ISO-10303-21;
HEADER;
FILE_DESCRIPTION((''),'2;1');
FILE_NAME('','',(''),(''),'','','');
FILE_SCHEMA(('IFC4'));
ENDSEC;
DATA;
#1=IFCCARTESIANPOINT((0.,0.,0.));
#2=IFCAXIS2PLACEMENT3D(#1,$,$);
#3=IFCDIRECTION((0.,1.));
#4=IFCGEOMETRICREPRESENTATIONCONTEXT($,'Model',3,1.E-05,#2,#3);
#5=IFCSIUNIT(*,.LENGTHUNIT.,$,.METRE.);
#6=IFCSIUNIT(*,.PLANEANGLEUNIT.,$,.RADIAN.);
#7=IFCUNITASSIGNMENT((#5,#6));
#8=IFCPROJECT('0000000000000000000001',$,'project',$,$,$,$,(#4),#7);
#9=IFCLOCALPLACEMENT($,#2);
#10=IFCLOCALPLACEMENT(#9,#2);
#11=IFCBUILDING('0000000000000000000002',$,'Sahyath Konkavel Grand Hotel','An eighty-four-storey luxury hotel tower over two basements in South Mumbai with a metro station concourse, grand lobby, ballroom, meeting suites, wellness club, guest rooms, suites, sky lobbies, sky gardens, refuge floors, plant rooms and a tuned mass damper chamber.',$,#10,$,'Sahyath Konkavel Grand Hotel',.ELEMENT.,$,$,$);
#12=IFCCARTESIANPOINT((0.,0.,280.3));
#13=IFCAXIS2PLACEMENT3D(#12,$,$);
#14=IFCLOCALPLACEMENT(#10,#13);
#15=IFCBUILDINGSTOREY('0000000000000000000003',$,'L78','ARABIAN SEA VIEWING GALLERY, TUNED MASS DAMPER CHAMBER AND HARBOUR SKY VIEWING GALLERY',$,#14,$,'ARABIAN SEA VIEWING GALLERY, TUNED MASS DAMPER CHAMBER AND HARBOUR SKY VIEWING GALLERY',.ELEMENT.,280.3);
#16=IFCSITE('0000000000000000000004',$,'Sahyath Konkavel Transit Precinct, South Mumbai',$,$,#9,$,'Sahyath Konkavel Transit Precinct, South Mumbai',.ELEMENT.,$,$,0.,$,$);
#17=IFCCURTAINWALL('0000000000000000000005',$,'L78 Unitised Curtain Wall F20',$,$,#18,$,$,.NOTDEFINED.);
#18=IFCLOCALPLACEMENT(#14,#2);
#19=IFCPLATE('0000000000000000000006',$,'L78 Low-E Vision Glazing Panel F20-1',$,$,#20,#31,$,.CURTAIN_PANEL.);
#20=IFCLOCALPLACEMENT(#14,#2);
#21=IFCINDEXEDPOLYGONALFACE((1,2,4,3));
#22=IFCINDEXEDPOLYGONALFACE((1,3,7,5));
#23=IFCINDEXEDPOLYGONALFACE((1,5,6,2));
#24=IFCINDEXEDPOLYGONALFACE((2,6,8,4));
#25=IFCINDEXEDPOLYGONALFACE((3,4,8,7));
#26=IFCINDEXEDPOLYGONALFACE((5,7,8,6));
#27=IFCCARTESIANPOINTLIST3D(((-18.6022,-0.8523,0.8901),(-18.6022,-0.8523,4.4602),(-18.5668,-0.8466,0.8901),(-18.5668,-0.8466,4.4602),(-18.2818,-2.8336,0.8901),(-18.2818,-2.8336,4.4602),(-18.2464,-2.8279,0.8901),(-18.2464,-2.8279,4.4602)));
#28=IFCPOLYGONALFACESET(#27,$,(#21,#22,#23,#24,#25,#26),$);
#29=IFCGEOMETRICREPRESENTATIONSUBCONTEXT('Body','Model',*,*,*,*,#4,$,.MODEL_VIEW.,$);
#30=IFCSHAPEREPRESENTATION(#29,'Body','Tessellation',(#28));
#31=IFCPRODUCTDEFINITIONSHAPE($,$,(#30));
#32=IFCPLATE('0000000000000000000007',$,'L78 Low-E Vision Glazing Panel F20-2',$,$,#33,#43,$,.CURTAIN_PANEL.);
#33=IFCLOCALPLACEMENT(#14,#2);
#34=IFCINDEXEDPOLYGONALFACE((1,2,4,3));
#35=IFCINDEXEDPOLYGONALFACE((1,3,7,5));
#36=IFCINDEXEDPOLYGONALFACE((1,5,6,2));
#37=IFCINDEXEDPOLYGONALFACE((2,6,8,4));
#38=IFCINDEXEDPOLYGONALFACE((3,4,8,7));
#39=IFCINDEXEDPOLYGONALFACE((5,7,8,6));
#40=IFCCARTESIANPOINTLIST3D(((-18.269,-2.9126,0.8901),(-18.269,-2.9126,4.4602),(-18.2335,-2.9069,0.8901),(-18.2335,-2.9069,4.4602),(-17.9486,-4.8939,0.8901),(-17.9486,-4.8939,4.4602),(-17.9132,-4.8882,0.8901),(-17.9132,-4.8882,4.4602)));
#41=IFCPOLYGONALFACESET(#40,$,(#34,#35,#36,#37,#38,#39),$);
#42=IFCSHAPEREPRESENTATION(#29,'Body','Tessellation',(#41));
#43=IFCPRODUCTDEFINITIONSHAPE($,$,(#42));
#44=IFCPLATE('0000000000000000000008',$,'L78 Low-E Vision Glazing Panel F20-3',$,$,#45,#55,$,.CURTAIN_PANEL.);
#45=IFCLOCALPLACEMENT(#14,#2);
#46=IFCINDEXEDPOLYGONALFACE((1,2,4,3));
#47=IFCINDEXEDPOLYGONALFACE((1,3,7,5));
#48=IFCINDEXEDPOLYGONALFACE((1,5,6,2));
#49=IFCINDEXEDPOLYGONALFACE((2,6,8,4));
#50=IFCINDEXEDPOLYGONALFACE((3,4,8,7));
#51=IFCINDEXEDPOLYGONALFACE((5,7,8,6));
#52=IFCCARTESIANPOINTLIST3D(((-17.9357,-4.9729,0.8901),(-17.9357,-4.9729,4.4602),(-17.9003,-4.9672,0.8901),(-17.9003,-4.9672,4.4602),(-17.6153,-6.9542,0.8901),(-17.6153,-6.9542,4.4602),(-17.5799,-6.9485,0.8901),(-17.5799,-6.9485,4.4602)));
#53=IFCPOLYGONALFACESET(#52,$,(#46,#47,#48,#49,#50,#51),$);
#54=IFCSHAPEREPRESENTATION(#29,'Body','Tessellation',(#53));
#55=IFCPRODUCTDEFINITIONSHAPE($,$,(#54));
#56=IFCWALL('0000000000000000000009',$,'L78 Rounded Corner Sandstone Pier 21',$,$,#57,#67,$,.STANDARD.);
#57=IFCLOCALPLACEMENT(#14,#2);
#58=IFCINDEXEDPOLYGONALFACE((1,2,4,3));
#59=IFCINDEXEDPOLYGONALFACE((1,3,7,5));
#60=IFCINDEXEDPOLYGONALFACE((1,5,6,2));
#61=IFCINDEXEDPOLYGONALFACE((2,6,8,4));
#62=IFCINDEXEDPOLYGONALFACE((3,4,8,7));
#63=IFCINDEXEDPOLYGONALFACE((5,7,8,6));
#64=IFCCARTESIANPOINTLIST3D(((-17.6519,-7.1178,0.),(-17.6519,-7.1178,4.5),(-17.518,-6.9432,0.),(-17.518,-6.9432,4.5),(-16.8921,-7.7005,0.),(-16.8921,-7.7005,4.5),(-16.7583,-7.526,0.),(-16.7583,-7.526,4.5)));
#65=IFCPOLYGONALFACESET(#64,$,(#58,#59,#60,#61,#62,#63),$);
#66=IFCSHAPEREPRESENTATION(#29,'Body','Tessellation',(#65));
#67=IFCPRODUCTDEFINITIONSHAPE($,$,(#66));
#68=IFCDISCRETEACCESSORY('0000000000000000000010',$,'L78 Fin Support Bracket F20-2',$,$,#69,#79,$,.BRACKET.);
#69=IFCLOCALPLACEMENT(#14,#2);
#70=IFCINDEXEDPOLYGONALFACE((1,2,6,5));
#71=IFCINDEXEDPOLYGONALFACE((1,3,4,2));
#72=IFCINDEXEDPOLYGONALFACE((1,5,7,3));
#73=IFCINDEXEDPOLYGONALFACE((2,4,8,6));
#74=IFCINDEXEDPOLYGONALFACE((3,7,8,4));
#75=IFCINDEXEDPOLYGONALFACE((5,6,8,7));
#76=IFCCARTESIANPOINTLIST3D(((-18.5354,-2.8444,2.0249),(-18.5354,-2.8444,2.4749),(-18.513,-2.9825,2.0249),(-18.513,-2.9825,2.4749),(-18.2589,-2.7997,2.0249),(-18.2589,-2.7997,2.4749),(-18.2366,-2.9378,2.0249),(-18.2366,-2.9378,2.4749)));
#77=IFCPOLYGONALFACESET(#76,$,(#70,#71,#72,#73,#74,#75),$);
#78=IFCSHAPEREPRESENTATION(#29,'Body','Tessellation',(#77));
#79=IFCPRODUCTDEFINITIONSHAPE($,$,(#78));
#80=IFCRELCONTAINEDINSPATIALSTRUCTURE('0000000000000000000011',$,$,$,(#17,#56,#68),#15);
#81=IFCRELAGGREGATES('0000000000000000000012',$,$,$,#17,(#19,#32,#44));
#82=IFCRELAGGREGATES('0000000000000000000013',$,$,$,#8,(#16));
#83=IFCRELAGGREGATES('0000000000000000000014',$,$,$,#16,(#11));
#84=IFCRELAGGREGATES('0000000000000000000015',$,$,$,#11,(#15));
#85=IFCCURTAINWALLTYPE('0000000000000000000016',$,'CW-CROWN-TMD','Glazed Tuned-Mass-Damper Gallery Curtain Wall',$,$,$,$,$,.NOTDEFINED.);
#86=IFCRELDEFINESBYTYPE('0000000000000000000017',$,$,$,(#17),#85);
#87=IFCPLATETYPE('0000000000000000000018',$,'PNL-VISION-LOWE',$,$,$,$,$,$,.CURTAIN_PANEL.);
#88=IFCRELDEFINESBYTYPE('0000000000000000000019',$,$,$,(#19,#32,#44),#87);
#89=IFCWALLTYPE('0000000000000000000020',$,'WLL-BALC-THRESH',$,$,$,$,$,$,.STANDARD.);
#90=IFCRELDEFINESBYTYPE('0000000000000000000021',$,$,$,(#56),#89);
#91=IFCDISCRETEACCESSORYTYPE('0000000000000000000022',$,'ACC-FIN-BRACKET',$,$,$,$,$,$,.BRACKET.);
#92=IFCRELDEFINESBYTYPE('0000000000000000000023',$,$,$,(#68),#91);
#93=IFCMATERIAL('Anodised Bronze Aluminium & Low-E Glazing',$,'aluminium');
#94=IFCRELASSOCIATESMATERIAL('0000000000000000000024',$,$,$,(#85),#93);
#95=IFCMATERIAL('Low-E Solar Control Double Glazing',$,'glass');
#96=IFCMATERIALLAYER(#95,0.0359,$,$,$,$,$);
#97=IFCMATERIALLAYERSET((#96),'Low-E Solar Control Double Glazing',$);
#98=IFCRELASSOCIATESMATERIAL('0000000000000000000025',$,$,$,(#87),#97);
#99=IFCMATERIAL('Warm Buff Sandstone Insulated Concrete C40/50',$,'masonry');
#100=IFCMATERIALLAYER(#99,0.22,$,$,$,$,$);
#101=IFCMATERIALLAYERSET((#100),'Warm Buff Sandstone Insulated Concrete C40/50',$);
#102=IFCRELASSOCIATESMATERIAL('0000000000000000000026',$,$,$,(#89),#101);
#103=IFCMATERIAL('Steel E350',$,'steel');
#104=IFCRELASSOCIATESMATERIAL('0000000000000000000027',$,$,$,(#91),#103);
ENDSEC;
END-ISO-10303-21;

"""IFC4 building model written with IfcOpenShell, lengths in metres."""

from ifc_helpers import new_model, si_unit, direction, frame, frame_2d, origin, origin_2d, place, context, subcontext, project, spatial, rectangle, extrude, source, transform, mapped, material, layer, layer_set, type_object, element, aggregate, save


model = new_model("IFC4")

# Units and contexts
model_context = context("Model", 3, precision=1e-05, world=origin(), true_north=direction((0.0, 1.0)))
body_context = subcontext(model_context, "Body", "Model", "MODEL_VIEW")
ifc_project = project(units=[si_unit("LENGTHUNIT", "METRE"), si_unit("PLANEANGLEUNIT", "RADIAN")], contexts=[model_context])

# Site, building, storey
site_placement = place(None, origin())
site = spatial("IfcSite", under=ifc_project, at=site_placement, Name="Sahyath Konkavel Transit Precinct, South Mumbai", LongName="Sahyath Konkavel Transit Precinct, South Mumbai", CompositionType="ELEMENT", RefElevation=0.0)
building_placement = place(site_placement, origin())
building = spatial("IfcBuilding", under=site, at=building_placement, Name="Sahyath Konkavel Grand Hotel", Description="An eighty-four-storey luxury hotel tower over two basements in South Mumbai with a metro station concourse, grand lobby, ballroom, meeting suites, wellness club, guest rooms, suites, sky lobbies, sky gardens, refuge floors, plant rooms and a tuned mass damper chamber.", LongName="Sahyath Konkavel Grand Hotel", CompositionType="ELEMENT")
storey_placement = place(building_placement, frame((0.0, 0.0, 280.3)))
storey = spatial("IfcBuildingStorey", under=building, at=storey_placement, Name="L78", Description="ARABIAN SEA VIEWING GALLERY, TUNED MASS DAMPER CHAMBER AND HARBOUR SKY VIEWING GALLERY", LongName="ARABIAN SEA VIEWING GALLERY, TUNED MASS DAMPER CHAMBER AND HARBOUR SKY VIEWING GALLERY", CompositionType="ELEMENT", Elevation=280.3)

# Shared definitions
ifc_material_1 = material(Name="Steel E350", Category="steel")

# Curtain wall
ifc_material_2 = material(Name="Anodised Bronze Aluminium & Low-E Glazing", Category="aluminium")
curtain_wall_type = type_object("IfcCurtainWallType", Name="CW-CROWN-TMD", Description="Glazed Tuned-Mass-Damper Gallery Curtain Wall", PredefinedType="NOTDEFINED", material=ifc_material_2)
curtain_wall_1_placement = place(storey_placement, origin())
curtain_wall_1 = element("IfcCurtainWall", 1, at=curtain_wall_1_placement, inside=storey, type_object=curtain_wall_type, Name="L78 Unitised Curtain Wall F20", PredefinedType="NOTDEFINED")

# Plates
ifc_material_3 = material(Name="Low-E Solar Control Double Glazing", Category="glass")
ifc_layer_1 = layer(ifc_material_3, 0.0359)
ifc_layer_set_1 = layer_set([ifc_layer_1], Name="Low-E Solar Control Double Glazing")
plate_type_1 = type_object("IfcPlateType", Name="PNL-VISION-LOWE", PredefinedType="CURTAIN_PANEL", material=ifc_layer_set_1)
shared_shape_1 = source(origin(), body_context, "Body", "SweptSolid", [
    extrude(rectangle(XDim=2.0071, YDim=0.0359, at=origin_2d()), origin(), (0.0, 0.0, 1.0), 3.5701),
])
plate_1_placement = place(storey_placement, frame((-18.4243, -1.8401, 0.8901), z_axis=(0.0, 0.0, 1.0), x_axis=(0.159623, -0.987178, 0.0)))
plate_1 = element("IfcPlate", 2, at=plate_1_placement, type_object=plate_type_1, Name="L78 Low-E Vision Glazing Panel F20-1", PredefinedType="CURTAIN_PANEL", context=body_context, shape_type="MappedRepresentation", body=[
    mapped(shared_shape_1, transform((0.0, 0.0, 0.0), scale=1.0)),
])
plate_2_placement = place(storey_placement, frame((-18.0911, -3.9004, 0.8901), z_axis=(0.0, 0.0, 1.0), x_axis=(0.159623, -0.987178, 0.0)))
plate_2 = element("IfcPlate", 3, at=plate_2_placement, type_object=plate_type_1, Name="L78 Low-E Vision Glazing Panel F20-2", PredefinedType="CURTAIN_PANEL", context=body_context, shape_type="MappedRepresentation", body=[
    mapped(shared_shape_1, transform((0.0, 0.0, 0.0), scale=1.0)),
])
plate_3_placement = place(storey_placement, frame((-17.7578, -5.9607, 0.8901), z_axis=(0.0, 0.0, 1.0), x_axis=(0.159623, -0.987178, 0.0)))
plate_3 = element("IfcPlate", 4, at=plate_3_placement, type_object=plate_type_1, Name="L78 Low-E Vision Glazing Panel F20-3", PredefinedType="CURTAIN_PANEL", context=body_context, shape_type="MappedRepresentation", body=[
    mapped(shared_shape_1, transform((0.0, 0.0, 0.0), scale=1.0)),
])
aggregate(curtain_wall_1, [plate_1, plate_2, plate_3])

# Wall
ifc_material_4 = material(Name="Warm Buff Sandstone Insulated Concrete C40/50", Category="masonry")
ifc_layer_2 = layer(ifc_material_4, 0.22)
ifc_layer_set_2 = layer_set([ifc_layer_2], Name="Warm Buff Sandstone Insulated Concrete C40/50")
wall_type = type_object("IfcWallType", Name="WLL-BALC-THRESH", PredefinedType="STANDARD", material=ifc_layer_set_2)
wall_placement = place(storey_placement, frame((-17.585, -7.0305, 0.0), z_axis=(0.0, 0.0, 1.0), x_axis=(0.793467, -0.608614, 0.0)))
element("IfcWall", 5, at=wall_placement, inside=storey, type_object=wall_type, Name="L78 Rounded Corner Sandstone Pier 21", PredefinedType="STANDARD", context=body_context, shape_type="SweptSolid", body=[
    extrude(rectangle(XDim=0.9575, YDim=0.22, at=frame_2d((0.4788, 0.0))), origin(), (0.0, 0.0, 1.0), 4.5),
])

# Discrete accessory
discrete_accessory_type = type_object("IfcDiscreteAccessoryType", Name="ACC-FIN-BRACKET", PredefinedType="BRACKET", material=ifc_material_1)
shared_shape_2 = source(origin(), body_context, "Body", "SweptSolid", [
    extrude(rectangle(XDim=0.28, YDim=0.1399, at=origin_2d()), origin(), (0.0, 0.0, 1.0), 0.45),
])
discrete_accessory_placement = place(storey_placement, frame((-18.386, -2.8911, 2.0249), z_axis=(0.0, 0.0, 1.0), x_axis=(-0.987178, -0.159623, 0.0)))
element("IfcDiscreteAccessory", 6, at=discrete_accessory_placement, inside=storey, type_object=discrete_accessory_type, Name="L78 Fin Support Bracket F20-2", PredefinedType="BRACKET", context=body_context, shape_type="MappedRepresentation", body=[
    mapped(shared_shape_2, transform((0.0, 0.0, 0.0), scale=1.0)),
])

save(model, "model.ifc")
